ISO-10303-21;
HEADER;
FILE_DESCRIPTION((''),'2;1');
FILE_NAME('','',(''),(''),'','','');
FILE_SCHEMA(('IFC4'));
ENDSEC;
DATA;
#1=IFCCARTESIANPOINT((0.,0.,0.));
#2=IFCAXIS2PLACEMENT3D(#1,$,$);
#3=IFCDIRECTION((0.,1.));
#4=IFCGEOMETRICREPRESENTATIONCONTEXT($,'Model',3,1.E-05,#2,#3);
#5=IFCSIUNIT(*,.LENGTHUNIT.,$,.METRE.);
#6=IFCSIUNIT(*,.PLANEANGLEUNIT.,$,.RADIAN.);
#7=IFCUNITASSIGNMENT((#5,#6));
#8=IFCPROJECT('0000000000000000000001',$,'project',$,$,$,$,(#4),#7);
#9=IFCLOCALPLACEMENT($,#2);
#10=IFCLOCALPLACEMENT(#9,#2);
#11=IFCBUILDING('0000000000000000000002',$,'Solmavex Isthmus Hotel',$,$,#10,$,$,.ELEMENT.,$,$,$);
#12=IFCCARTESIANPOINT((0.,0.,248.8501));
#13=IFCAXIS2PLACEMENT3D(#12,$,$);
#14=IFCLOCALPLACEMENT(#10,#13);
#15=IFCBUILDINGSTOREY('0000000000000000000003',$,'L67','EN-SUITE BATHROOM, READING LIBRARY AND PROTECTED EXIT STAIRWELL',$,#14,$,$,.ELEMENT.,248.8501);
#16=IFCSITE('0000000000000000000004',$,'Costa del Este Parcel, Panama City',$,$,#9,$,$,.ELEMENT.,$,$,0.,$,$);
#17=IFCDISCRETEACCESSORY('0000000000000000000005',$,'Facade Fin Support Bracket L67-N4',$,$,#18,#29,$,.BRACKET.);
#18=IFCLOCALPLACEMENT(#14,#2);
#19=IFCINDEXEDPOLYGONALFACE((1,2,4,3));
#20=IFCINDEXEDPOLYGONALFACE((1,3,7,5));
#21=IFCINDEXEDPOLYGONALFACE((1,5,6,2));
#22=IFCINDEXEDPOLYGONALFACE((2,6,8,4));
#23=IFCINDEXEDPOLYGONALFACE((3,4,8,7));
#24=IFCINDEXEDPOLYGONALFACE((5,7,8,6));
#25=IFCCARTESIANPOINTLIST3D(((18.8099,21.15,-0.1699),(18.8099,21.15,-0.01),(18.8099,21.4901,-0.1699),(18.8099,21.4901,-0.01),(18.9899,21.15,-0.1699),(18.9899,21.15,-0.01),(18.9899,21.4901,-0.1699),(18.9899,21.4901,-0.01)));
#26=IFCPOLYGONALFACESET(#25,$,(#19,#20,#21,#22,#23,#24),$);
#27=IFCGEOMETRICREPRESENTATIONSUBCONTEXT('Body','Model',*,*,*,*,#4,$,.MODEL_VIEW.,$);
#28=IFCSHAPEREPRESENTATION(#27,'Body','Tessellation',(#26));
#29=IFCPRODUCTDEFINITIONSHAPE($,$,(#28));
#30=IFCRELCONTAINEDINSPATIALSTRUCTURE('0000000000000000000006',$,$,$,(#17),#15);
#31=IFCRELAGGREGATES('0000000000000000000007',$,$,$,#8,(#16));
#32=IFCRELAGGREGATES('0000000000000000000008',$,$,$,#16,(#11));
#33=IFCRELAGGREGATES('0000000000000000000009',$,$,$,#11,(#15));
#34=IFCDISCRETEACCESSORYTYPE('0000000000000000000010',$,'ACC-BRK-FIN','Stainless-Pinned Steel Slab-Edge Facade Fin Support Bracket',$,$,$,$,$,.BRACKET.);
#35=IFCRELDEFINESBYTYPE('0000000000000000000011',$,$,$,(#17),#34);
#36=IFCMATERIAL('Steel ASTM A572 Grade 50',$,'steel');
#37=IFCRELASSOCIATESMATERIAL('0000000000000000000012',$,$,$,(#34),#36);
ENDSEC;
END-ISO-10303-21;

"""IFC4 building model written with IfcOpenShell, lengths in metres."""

from ifc_helpers import new_model, si_unit, direction, frame, origin, origin_2d, place, context, subcontext, project, spatial, rectangle, extrude, material, type_object, element, save


model = new_model("IFC4")

# Units and contexts
model_context = context("Model", 3, precision=1e-05, world=origin(), true_north=direction((0.0, 1.0)))
body_context = subcontext(model_context, "Body", "Model", "MODEL_VIEW")
ifc_project = project(units=[si_unit("LENGTHUNIT", "METRE"), si_unit("PLANEANGLEUNIT", "RADIAN")], contexts=[model_context])

# Site, building, storey
site_placement = place(None, origin())
site = spatial("IfcSite", under=ifc_project, at=site_placement, Name="Costa del Este Parcel, Panama City", CompositionType="ELEMENT", RefElevation=0.0)
building_placement = place(site_placement, origin())
building = spatial("IfcBuilding", under=site, at=building_placement, Name="Solmavex Isthmus Hotel", CompositionType="ELEMENT")
storey_placement = place(building_placement, frame((0.0, 0.0, 248.8501)))
storey = spatial("IfcBuildingStorey", under=building, at=storey_placement, Name="L67", Description="EN-SUITE BATHROOM, READING LIBRARY AND PROTECTED EXIT STAIRWELL", CompositionType="ELEMENT", Elevation=248.8501)

# Discrete accessory
ifc_material_1 = material(Name="Steel ASTM A572 Grade 50", Category="steel")
discrete_accessory_type = type_object("IfcDiscreteAccessoryType", Name="ACC-BRK-FIN", Description="Stainless-Pinned Steel Slab-Edge Facade Fin Support Bracket", PredefinedType="BRACKET", material=ifc_material_1)
discrete_accessory_placement = place(storey_placement, frame((18.8999, 21.3201, -0.1699), z_axis=(0.0, 0.0, 1.0), x_axis=(0.0, 1.0, 0.0)))
element("IfcDiscreteAccessory", 1, at=discrete_accessory_placement, inside=storey, type_object=discrete_accessory_type, Name="Facade Fin Support Bracket L67-N4", PredefinedType="BRACKET", context=body_context, shape_type="SweptSolid", body=[
    extrude(rectangle(XDim=0.3401, YDim=0.1799, at=origin_2d()), origin(), (0.0, 0.0, 1.0), 0.1599),
])

save(model, "model.ifc")
